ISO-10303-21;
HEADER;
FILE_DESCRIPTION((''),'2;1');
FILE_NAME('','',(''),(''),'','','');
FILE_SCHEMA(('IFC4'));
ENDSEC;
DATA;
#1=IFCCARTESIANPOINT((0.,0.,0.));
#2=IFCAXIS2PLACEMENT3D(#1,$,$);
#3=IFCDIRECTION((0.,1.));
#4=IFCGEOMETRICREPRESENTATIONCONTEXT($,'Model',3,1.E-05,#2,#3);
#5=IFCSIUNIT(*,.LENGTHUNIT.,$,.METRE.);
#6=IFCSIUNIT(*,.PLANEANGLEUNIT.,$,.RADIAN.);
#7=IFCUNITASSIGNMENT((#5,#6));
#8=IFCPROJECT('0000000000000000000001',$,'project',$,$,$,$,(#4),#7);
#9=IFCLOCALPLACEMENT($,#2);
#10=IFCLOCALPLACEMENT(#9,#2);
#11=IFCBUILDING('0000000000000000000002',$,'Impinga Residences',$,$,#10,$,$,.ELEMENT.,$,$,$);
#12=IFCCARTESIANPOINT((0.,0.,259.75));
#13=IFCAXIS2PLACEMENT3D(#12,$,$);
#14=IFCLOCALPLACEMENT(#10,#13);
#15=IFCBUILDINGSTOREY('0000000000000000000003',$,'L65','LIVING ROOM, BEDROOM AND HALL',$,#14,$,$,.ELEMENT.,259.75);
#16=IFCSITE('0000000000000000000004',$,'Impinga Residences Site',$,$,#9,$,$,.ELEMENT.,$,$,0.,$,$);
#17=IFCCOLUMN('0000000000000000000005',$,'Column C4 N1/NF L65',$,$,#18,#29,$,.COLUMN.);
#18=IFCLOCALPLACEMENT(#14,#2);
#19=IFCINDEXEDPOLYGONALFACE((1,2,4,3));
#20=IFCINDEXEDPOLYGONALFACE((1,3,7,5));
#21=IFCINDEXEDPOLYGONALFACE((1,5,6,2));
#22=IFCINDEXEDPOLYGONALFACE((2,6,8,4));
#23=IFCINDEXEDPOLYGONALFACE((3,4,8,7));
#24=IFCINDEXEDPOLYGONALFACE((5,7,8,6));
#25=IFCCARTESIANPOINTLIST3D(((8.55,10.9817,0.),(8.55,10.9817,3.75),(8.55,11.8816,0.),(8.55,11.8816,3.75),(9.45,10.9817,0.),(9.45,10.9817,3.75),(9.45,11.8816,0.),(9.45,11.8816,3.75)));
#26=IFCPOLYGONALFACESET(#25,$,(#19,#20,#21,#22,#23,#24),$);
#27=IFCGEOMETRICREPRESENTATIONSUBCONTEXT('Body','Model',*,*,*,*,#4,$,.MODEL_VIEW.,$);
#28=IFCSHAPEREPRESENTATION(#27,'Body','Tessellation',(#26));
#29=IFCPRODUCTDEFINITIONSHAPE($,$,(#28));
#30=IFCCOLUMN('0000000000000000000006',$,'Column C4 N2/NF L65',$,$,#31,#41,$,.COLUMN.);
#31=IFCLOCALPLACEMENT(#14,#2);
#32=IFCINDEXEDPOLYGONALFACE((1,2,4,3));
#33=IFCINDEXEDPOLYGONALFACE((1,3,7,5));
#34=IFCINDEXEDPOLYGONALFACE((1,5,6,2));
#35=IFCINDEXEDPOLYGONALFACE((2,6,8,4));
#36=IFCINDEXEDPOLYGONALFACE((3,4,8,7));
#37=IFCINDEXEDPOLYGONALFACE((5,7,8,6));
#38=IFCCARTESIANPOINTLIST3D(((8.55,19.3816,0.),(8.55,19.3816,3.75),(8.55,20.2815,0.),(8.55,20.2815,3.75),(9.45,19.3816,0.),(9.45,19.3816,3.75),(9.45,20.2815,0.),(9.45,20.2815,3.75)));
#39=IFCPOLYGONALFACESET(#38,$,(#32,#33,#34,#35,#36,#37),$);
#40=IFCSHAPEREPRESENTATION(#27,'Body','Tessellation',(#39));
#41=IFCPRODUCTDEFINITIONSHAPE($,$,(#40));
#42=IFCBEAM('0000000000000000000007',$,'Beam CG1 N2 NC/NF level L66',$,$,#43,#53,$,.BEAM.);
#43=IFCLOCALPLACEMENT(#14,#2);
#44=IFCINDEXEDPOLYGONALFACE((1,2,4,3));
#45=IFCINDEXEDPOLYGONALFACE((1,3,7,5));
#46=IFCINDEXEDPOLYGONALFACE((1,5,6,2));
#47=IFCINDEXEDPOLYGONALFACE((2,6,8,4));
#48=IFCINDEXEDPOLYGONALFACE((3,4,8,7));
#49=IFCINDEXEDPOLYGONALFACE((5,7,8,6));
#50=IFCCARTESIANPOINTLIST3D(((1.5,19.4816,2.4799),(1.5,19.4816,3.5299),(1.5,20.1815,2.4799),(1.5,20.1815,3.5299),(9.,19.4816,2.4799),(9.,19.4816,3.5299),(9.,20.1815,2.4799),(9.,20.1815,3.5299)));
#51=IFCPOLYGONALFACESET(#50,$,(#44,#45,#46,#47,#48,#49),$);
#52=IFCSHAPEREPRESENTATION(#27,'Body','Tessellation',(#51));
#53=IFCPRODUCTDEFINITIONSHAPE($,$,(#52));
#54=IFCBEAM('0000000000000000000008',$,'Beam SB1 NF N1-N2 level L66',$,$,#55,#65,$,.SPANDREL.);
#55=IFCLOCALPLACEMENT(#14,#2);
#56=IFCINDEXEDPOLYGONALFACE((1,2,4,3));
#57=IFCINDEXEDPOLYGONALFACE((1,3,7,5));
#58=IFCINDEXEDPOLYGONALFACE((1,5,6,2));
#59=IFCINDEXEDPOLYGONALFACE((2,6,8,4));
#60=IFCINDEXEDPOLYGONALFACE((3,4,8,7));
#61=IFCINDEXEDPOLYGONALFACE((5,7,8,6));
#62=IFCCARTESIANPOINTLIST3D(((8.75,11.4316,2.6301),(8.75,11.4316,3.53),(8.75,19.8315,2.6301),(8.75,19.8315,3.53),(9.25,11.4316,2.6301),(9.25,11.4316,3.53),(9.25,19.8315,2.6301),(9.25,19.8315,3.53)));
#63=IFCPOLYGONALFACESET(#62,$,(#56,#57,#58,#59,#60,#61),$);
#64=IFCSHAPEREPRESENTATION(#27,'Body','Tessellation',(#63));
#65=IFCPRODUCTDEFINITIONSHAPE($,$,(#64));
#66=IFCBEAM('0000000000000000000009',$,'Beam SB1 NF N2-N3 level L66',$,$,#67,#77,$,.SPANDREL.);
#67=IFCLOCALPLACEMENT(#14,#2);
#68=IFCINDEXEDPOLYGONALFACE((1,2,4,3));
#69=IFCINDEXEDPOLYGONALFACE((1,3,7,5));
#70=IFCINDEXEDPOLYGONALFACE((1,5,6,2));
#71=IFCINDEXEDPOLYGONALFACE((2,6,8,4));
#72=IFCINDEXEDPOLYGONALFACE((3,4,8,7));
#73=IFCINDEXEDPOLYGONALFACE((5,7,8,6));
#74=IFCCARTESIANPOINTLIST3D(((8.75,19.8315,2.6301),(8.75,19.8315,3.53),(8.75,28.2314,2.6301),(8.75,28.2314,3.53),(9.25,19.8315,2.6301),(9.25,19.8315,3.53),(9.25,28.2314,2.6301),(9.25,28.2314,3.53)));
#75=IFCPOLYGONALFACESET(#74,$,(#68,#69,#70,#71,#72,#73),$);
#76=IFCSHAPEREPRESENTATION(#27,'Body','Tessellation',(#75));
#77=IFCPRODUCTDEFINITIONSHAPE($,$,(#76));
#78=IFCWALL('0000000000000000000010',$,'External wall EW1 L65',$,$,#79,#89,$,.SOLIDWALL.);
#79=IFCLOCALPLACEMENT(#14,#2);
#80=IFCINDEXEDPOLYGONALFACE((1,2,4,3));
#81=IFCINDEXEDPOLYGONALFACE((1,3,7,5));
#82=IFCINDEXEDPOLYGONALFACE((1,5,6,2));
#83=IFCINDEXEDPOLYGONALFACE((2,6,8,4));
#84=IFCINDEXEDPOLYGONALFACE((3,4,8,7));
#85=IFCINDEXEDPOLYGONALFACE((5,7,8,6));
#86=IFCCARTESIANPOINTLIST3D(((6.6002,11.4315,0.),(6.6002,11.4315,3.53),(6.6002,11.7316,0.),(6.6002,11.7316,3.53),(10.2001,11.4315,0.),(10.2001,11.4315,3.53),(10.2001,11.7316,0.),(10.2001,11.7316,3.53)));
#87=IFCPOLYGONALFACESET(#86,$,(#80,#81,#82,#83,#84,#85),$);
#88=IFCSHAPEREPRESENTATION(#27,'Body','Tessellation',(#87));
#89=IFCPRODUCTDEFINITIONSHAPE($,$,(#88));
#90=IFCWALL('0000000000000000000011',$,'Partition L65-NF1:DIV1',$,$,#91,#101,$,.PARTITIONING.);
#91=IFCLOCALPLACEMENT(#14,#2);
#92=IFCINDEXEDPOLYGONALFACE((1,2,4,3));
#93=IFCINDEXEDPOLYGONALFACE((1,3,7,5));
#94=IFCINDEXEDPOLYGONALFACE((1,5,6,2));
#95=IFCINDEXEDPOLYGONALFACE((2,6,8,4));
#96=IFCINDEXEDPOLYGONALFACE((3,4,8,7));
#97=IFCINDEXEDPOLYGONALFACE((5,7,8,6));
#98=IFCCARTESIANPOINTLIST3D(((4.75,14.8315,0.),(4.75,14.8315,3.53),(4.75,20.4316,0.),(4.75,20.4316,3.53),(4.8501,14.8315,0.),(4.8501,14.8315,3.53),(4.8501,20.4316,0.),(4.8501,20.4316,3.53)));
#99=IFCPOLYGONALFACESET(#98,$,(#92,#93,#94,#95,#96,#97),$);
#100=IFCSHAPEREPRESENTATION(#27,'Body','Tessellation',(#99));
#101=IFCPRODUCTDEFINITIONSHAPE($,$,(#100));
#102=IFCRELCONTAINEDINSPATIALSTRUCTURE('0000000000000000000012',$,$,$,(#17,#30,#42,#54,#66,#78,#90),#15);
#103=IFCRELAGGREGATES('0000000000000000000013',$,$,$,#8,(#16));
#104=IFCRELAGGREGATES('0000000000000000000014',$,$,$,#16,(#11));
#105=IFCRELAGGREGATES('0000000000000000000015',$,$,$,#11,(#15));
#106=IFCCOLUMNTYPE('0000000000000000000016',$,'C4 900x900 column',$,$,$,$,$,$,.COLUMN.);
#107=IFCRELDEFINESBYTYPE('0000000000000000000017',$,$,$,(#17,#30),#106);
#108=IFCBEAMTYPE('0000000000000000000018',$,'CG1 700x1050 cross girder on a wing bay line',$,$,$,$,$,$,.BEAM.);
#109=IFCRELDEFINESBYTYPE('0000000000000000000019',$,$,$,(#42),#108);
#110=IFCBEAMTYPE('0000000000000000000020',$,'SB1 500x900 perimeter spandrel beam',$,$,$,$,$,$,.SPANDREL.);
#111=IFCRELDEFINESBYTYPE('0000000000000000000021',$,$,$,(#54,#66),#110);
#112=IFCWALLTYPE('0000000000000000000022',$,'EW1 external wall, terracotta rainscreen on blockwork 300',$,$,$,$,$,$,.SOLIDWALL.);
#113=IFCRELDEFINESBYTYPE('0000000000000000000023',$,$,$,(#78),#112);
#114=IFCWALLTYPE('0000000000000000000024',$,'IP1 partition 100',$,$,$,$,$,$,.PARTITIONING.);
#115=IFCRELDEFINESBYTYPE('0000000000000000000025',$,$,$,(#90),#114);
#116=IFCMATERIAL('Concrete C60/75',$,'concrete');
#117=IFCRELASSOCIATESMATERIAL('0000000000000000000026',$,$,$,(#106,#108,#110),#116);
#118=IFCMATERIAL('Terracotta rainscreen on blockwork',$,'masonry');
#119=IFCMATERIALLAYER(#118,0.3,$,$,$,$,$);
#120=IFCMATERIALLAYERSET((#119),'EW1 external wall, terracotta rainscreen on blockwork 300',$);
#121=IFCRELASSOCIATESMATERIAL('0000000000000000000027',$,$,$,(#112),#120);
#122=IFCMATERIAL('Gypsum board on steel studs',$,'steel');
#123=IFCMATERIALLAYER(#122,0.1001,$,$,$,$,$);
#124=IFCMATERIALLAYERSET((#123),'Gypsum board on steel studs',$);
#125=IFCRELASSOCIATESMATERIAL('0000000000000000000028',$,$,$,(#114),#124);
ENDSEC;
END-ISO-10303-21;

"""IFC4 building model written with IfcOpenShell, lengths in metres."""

from ifc_helpers import new_model, si_unit, direction, frame, frame_2d, origin, origin_2d, place, context, subcontext, project, spatial, rectangle, extrude, material, layer, layer_set, material_profile, profile_set, type_object, element, save


model = new_model("IFC4")

# Units and contexts
model_context = context("Model", 3, precision=1e-05, world=origin(), true_north=direction((0.0, 1.0)))
body_context = subcontext(model_context, "Body", "Model", "MODEL_VIEW")
ifc_project = project(units=[si_unit("LENGTHUNIT", "METRE"), si_unit("PLANEANGLEUNIT", "RADIAN")], contexts=[model_context])

# Site, building, storey
site_placement = place(None, origin())
site = spatial("IfcSite", under=ifc_project, at=site_placement, Name="Impinga Residences Site", CompositionType="ELEMENT", RefElevation=0.0)
building_placement = place(site_placement, origin())
building = spatial("IfcBuilding", under=site, at=building_placement, Name="Impinga Residences", CompositionType="ELEMENT")
storey_placement = place(building_placement, frame((0.0, 0.0, 259.75)))
storey = spatial("IfcBuildingStorey", under=building, at=storey_placement, Name="L65", Description="LIVING ROOM, BEDROOM AND HALL", CompositionType="ELEMENT", Elevation=259.75)

# Columns
ifc_material_1 = material(Name="Concrete C60/75", Category="concrete")
ifc_material_profile_1 = material_profile(ifc_material_1, rectangle(XDim=0.8999, YDim=0.8999, at=origin_2d()), Name="RC 900x900")
ifc_profile_set_1 = profile_set([ifc_material_profile_1], Name="Concrete C60/75")
column_type = type_object("IfcColumnType", Name="C4 900x900 column", PredefinedType="COLUMN", material=ifc_profile_set_1)
for number, where, z_axis, x_axis, name in (
    (1, (9.0, 11.4316, 0.0), (0.0, 0.0, 1.0), (1.0, 0.0, 0.0), "Column C4 N1/NF L65"),
    (2, (9.0, 19.8315, 0.0), (0.0, 0.0, 1.0), (1.0, 0.0, 0.0), "Column C4 N2/NF L65"),
):
    element("IfcColumn", number, at=place(storey_placement, frame(where, z_axis=z_axis, x_axis=x_axis)), inside=storey, type_object=column_type, Name=name, PredefinedType="COLUMN", context=body_context, shape_type="SweptSolid", body=[
        extrude(rectangle(XDim=0.8999, YDim=0.8999, at=origin_2d()), origin(), (0.0, 0.0, 1.0), 3.75),
    ])

# Beams
ifc_material_profile_2 = material_profile(ifc_material_1, rectangle(XDim=0.7, YDim=1.05, at=origin_2d()), Name="RC 700x1050")
ifc_profile_set_2 = profile_set([ifc_material_profile_2], Name="Concrete C60/75")
beam_type_1 = type_object("IfcBeamType", Name="CG1 700x1050 cross girder on a wing bay line", PredefinedType="BEAM", material=ifc_profile_set_2)
beam_placement = place(storey_placement, frame((1.5, 19.8315, 3.0049), z_axis=(1.0, 0.0, 0.0), x_axis=(0.0, 1.0, 0.0)))
element("IfcBeam", 3, at=beam_placement, inside=storey, type_object=beam_type_1, Name="Beam CG1 N2 NC/NF level L66", PredefinedType="BEAM", context=body_context, shape_type="SweptSolid", body=[
    extrude(rectangle(XDim=0.7, YDim=1.05, at=origin_2d()), origin(), (0.0, 0.0, 1.0), 7.5),
])
ifc_material_profile_3 = material_profile(ifc_material_1, rectangle(XDim=0.5, YDim=0.8999, at=origin_2d()), Name="RC 500x900")
ifc_profile_set_3 = profile_set([ifc_material_profile_3], Name="Concrete C60/75")
beam_type_2 = type_object("IfcBeamType", Name="SB1 500x900 perimeter spandrel beam", PredefinedType="SPANDREL", material=ifc_profile_set_3)
for number, where, z_axis, x_axis, name in (
    (4, (9.0, 11.4316, 3.0801), (0.0, 1.0, 0.0), (-1.0, 0.0, 0.0), "Beam SB1 NF N1-N2 level L66"),
    (5, (9.0, 19.8315, 3.0801), (0.0, 1.0, 0.0), (-1.0, 0.0, 0.0), "Beam SB1 NF N2-N3 level L66"),
):
    element("IfcBeam", number, at=place(storey_placement, frame(where, z_axis=z_axis, x_axis=x_axis)), inside=storey, type_object=beam_type_2, Name=name, PredefinedType="SPANDREL", context=body_context, shape_type="SweptSolid", body=[
        extrude(rectangle(XDim=0.5, YDim=0.8999, at=origin_2d()), origin(), (0.0, 0.0, 1.0), 8.3999),
    ])

# Walls
ifc_material_2 = material(Name="Terracotta rainscreen on blockwork", Category="masonry")
ifc_layer_1 = layer(ifc_material_2, 0.3)
ifc_layer_set_1 = layer_set([ifc_layer_1], Name="EW1 external wall, terracotta rainscreen on blockwork 300")
wall_type_1 = type_object("IfcWallType", Name="EW1 external wall, terracotta rainscreen on blockwork 300", PredefinedType="SOLIDWALL", material=ifc_layer_set_1)
wall_1_placement = place(storey_placement, frame((10.2, 11.5815, 0.0), z_axis=(0.0, 0.0, 1.0), x_axis=(-1.0, 0.0, 0.0)))
element("IfcWall", 6, at=wall_1_placement, inside=storey, type_object=wall_type_1, Name="External wall EW1 L65", PredefinedType="SOLIDWALL", context=body_context, shape_type="SweptSolid", body=[
    extrude(rectangle(XDim=3.5999, YDim=0.3, at=frame_2d((1.7998, 0.0))), origin(), (0.0, 0.0, 1.0), 3.53),
])
ifc_material_3 = material(Name="Gypsum board on steel studs", Category="steel")
ifc_layer_2 = layer(ifc_material_3, 0.1001)
ifc_layer_set_2 = layer_set([ifc_layer_2], Name="Gypsum board on steel studs")
wall_type_2 = type_object("IfcWallType", Name="IP1 partition 100", PredefinedType="PARTITIONING", material=ifc_layer_set_2)
wall_2_placement = place(storey_placement, frame((4.8, 14.8315, 0.0), z_axis=(0.0, 0.0, 1.0), x_axis=(0.0, 1.0, 0.0)))
element("IfcWall", 7, at=wall_2_placement, inside=storey, type_object=wall_type_2, Name="Partition L65-NF1:DIV1", PredefinedType="PARTITIONING", context=body_context, shape_type="SweptSolid", body=[
    extrude(rectangle(XDim=5.6001, YDim=0.1001, at=frame_2d((2.8, 0.0))), origin(), (0.0, 0.0, 1.0), 3.53),
])

save(model, "model.ifc")
